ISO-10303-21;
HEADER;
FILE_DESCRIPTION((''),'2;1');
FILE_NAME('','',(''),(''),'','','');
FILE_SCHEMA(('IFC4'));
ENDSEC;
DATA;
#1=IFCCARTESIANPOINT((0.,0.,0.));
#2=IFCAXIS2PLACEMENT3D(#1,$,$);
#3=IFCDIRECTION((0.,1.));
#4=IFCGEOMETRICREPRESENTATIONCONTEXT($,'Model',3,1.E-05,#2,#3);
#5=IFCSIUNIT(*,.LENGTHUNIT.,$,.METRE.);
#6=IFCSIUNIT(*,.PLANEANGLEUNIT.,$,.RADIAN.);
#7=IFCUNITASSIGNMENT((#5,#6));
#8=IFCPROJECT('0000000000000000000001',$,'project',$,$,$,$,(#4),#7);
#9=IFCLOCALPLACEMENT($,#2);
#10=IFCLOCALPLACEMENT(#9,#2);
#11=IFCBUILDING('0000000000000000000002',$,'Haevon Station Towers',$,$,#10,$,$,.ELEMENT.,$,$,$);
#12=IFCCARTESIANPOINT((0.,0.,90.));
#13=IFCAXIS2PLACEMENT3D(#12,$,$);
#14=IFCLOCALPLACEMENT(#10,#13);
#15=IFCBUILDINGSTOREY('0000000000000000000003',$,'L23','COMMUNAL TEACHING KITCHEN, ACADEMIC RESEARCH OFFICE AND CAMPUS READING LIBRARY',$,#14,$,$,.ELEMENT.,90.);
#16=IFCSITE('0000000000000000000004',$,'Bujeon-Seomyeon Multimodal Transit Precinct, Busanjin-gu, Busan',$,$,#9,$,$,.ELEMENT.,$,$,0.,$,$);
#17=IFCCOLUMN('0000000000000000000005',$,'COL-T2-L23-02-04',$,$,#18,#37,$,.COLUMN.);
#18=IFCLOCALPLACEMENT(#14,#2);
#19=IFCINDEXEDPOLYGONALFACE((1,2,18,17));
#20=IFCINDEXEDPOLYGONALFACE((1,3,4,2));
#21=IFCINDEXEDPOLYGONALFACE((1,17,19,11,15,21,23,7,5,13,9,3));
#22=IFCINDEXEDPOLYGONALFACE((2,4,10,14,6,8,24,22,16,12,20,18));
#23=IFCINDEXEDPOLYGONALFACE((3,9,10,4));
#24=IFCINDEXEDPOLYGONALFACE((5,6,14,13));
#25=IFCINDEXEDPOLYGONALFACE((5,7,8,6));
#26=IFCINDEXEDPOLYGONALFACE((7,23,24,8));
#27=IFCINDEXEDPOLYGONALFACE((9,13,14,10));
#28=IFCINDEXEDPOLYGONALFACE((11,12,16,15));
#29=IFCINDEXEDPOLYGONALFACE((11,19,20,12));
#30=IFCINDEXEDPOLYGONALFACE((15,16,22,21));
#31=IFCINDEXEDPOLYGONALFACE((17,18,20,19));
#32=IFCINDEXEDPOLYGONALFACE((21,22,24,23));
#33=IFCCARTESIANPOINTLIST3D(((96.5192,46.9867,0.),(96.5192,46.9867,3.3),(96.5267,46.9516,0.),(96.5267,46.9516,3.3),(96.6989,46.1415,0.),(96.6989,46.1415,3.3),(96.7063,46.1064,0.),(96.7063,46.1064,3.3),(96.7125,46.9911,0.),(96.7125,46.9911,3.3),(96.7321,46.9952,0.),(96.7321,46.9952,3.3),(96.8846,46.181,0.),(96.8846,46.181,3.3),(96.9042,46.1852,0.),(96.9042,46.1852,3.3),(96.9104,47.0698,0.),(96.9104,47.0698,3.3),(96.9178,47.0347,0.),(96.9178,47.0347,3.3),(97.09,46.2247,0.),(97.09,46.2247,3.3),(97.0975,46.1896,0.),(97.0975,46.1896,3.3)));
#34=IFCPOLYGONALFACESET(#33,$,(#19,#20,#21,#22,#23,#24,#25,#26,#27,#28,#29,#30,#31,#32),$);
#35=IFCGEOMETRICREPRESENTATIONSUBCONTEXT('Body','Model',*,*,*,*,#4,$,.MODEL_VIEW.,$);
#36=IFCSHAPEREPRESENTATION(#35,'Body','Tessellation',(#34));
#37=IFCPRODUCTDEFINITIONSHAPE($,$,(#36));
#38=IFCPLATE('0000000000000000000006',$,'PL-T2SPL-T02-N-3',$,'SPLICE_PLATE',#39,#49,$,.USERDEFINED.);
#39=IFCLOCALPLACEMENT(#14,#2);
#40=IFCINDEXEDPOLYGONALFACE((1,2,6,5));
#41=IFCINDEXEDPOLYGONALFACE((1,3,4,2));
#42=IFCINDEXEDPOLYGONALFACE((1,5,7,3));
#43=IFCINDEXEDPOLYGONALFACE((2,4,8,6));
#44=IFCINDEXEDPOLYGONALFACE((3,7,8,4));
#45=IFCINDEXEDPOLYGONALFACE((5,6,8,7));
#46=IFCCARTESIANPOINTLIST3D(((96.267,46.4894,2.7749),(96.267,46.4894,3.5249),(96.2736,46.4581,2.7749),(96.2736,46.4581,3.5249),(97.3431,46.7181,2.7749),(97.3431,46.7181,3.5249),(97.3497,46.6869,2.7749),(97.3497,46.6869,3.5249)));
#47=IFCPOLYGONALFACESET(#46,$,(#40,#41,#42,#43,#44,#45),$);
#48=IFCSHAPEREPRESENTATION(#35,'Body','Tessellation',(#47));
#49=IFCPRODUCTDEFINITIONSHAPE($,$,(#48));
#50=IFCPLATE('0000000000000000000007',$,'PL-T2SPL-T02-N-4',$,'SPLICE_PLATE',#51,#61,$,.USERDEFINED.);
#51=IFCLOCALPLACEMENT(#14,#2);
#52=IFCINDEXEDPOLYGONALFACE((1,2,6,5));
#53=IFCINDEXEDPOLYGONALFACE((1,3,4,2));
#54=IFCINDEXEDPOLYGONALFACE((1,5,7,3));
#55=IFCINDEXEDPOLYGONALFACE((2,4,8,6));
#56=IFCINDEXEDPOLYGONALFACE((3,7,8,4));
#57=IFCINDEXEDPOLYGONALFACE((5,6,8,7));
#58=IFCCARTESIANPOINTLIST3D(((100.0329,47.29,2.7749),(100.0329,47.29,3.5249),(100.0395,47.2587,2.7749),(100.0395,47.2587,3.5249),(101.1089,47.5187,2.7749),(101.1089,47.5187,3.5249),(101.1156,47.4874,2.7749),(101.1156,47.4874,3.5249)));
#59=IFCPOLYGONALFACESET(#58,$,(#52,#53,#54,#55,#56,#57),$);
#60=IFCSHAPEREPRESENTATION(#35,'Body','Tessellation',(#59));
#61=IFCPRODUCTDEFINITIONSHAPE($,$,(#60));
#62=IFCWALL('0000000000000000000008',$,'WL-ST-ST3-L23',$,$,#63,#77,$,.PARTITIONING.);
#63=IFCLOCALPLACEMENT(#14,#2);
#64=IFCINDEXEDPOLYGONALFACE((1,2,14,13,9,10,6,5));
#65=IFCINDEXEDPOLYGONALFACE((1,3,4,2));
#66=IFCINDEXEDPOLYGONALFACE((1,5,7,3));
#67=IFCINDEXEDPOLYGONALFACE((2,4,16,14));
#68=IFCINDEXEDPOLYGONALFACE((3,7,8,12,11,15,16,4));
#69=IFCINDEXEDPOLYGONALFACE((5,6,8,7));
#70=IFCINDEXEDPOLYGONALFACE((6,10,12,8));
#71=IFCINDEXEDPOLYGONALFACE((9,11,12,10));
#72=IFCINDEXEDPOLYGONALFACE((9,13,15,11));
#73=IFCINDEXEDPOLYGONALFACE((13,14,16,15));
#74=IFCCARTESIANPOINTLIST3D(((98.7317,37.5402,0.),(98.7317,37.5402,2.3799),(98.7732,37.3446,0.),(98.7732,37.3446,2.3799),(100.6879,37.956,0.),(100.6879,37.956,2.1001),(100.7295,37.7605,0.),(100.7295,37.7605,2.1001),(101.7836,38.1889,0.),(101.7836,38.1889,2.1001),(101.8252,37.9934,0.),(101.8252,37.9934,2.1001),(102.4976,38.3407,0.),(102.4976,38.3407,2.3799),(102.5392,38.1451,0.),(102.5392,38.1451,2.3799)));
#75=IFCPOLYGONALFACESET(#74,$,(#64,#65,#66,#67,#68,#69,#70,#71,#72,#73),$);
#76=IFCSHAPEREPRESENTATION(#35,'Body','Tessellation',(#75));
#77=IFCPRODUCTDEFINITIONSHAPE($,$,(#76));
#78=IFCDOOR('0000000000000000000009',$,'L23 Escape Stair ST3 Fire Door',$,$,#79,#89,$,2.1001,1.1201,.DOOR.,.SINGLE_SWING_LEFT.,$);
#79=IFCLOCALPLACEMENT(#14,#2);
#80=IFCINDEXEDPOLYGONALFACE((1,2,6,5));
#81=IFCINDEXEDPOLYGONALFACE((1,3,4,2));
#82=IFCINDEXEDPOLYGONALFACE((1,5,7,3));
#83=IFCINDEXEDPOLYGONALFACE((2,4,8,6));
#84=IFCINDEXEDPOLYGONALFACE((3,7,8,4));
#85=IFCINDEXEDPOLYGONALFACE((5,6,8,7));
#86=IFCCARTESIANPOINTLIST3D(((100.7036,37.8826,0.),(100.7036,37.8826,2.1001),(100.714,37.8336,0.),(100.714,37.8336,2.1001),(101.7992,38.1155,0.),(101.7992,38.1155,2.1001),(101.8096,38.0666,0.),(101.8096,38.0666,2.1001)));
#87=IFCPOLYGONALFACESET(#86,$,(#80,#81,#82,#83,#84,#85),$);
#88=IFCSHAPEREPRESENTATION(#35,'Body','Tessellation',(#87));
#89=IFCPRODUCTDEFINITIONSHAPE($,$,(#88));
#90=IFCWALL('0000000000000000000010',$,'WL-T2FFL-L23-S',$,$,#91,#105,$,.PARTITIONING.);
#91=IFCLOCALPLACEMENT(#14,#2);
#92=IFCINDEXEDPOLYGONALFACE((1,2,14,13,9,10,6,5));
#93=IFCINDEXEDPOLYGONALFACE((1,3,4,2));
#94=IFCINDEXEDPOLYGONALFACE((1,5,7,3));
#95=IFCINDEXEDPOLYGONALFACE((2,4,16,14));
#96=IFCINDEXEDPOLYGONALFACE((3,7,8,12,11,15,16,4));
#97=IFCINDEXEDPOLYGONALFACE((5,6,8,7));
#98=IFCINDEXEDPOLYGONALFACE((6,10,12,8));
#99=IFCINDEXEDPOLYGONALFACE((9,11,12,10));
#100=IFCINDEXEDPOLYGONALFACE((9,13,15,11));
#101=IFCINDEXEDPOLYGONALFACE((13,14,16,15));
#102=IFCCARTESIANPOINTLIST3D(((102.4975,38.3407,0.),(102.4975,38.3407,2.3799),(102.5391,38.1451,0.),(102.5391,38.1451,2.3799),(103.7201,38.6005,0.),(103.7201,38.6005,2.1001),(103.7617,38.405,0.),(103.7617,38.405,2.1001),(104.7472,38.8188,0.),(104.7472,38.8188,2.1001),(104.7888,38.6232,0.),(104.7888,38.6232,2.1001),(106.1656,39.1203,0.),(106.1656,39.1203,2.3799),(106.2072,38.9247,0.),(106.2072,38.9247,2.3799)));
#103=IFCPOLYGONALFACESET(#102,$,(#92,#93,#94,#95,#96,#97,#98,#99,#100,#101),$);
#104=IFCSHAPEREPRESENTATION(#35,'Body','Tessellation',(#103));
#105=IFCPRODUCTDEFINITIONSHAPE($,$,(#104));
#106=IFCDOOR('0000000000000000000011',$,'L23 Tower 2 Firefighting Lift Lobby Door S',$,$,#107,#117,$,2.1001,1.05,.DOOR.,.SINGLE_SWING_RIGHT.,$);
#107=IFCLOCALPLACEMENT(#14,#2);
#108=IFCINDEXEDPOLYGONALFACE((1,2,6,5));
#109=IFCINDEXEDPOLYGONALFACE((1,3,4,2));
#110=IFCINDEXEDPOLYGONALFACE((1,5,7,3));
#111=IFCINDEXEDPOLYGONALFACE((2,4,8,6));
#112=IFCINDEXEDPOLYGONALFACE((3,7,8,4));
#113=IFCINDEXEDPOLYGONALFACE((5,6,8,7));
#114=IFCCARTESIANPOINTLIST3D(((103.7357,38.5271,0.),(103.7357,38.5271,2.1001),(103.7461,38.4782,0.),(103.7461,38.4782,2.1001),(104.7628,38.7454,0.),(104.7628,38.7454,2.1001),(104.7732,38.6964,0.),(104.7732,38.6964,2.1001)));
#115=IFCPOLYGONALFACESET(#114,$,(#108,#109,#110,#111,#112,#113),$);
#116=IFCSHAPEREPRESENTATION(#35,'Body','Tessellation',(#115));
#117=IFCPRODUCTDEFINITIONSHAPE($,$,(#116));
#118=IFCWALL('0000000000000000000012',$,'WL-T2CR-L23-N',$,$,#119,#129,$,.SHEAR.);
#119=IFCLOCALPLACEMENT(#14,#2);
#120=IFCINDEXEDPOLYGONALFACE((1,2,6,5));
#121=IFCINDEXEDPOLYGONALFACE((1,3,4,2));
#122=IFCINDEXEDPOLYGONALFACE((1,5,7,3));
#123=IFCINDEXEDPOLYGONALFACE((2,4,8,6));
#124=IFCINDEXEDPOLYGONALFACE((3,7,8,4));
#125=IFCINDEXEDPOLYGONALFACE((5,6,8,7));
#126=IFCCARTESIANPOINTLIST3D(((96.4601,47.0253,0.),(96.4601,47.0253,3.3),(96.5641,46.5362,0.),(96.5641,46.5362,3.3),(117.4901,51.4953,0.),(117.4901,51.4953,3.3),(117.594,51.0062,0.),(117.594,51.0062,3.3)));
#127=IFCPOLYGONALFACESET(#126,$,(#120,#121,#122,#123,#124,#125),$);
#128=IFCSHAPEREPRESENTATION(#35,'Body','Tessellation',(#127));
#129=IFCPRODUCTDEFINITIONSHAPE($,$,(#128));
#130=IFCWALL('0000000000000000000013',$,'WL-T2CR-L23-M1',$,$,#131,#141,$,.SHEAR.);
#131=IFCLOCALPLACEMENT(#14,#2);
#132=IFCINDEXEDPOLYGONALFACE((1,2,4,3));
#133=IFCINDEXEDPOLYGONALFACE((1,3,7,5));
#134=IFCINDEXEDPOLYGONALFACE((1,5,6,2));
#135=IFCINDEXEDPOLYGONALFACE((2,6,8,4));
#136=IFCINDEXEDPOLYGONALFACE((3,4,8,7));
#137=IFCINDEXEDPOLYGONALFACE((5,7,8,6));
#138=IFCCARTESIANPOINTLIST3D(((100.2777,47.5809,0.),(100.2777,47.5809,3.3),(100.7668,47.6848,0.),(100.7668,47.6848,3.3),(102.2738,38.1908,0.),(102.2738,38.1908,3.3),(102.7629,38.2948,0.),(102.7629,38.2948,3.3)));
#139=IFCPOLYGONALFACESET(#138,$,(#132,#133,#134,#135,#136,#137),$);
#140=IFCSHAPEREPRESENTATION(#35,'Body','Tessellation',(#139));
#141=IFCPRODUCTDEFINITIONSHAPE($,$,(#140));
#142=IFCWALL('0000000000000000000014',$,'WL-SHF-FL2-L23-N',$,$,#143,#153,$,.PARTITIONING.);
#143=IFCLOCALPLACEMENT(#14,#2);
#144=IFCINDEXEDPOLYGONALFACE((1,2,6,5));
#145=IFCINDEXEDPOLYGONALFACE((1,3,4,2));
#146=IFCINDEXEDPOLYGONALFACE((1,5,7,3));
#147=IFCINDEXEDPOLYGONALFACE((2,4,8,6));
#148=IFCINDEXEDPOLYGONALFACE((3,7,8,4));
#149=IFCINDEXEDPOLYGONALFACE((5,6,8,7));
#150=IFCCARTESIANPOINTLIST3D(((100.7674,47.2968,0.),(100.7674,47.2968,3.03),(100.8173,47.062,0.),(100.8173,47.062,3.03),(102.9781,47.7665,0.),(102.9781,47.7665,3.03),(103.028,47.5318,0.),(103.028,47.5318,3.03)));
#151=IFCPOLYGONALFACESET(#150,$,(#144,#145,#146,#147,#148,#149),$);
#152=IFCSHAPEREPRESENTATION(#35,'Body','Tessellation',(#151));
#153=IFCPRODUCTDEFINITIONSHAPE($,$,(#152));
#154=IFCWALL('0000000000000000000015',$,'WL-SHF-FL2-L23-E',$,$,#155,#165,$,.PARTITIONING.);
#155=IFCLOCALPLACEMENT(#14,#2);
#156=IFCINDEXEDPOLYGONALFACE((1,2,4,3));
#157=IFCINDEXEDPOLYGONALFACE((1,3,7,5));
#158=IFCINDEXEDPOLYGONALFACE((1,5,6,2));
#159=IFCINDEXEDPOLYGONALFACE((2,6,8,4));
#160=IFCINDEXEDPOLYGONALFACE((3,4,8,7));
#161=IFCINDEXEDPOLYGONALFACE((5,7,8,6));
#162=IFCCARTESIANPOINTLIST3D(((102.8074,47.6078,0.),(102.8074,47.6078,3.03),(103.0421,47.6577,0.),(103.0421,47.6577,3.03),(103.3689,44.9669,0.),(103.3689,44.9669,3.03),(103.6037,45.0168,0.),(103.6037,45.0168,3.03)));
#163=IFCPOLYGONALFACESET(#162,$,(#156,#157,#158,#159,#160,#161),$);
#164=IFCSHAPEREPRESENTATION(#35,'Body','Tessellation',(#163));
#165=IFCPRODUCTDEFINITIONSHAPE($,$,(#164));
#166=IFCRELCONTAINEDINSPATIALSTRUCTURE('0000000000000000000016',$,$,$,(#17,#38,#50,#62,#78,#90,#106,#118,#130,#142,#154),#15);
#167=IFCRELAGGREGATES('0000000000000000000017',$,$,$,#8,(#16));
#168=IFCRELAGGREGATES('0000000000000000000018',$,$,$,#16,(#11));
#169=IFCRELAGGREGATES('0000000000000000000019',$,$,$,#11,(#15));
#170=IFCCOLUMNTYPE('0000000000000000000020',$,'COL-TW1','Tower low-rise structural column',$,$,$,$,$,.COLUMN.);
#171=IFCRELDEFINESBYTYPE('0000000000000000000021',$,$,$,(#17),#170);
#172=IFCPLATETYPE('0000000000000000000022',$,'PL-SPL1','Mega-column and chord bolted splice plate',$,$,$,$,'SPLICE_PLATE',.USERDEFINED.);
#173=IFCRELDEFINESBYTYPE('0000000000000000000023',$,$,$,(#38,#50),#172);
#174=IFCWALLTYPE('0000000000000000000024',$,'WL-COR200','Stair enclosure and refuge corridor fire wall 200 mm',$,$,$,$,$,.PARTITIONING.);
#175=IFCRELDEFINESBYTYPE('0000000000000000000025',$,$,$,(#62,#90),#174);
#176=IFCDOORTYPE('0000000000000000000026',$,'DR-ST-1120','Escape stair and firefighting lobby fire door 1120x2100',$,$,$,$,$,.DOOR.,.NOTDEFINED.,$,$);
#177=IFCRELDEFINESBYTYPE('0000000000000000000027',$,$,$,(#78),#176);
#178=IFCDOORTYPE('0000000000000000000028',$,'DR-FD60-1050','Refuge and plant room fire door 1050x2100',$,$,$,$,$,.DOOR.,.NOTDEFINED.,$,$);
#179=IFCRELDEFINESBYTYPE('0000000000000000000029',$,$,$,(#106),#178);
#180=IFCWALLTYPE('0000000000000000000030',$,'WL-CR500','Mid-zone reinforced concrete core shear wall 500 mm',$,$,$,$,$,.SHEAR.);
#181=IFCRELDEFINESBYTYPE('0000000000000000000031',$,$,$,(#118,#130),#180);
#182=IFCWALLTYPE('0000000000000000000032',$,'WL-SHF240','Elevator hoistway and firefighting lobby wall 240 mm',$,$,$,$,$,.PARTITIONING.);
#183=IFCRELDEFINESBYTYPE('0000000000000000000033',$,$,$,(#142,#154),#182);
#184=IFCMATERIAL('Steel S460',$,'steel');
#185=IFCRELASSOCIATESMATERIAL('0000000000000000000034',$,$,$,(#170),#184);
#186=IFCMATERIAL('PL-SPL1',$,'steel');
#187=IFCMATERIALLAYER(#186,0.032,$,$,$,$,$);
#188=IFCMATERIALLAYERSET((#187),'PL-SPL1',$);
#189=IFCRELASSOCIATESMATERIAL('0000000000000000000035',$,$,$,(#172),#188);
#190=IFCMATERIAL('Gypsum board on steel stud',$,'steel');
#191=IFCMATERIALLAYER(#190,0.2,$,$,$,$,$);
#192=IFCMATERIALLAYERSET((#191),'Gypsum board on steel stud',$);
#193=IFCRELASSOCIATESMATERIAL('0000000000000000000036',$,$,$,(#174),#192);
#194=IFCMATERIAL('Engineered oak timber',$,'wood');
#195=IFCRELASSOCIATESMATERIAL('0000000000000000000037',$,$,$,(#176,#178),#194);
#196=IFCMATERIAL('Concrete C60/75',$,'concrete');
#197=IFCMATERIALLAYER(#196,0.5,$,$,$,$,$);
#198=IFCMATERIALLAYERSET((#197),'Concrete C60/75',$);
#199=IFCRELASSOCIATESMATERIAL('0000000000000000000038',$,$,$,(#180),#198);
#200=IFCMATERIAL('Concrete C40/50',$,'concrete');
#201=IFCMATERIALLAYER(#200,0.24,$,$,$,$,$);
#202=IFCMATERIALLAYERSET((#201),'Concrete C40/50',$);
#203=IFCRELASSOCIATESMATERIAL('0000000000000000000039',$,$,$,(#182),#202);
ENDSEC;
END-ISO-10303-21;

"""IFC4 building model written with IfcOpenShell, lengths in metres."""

from ifc_helpers import new_model, si_unit, direction, frame, frame_2d, origin, origin_2d, place, context, subcontext, project, spatial, rectangle, i_section, extrude, material, layer, layer_set, material_profile, profile_set, type_object, element, fill, save


model = new_model("IFC4")

# Units and contexts
model_context = context("Model", 3, precision=1e-05, world=origin(), true_north=direction((0.0, 1.0)))
body_context = subcontext(model_context, "Body", "Model", "MODEL_VIEW")
ifc_project = project(units=[si_unit("LENGTHUNIT", "METRE"), si_unit("PLANEANGLEUNIT", "RADIAN")], contexts=[model_context])

# Site, building, storey
site_placement = place(None, origin())
site = spatial("IfcSite", under=ifc_project, at=site_placement, Name="Bujeon-Seomyeon Multimodal Transit Precinct, Busanjin-gu, Busan", CompositionType="ELEMENT", RefElevation=0.0)
building_placement = place(site_placement, origin())
building = spatial("IfcBuilding", under=site, at=building_placement, Name="Haevon Station Towers", CompositionType="ELEMENT")
storey_placement = place(building_placement, frame((0.0, 0.0, 90.0)))
storey = spatial("IfcBuildingStorey", under=building, at=storey_placement, Name="L23", Description="COMMUNAL TEACHING KITCHEN, ACADEMIC RESEARCH OFFICE AND CAMPUS READING LIBRARY", CompositionType="ELEMENT", Elevation=90.0)

# Column
ifc_material_1 = material(Name="Steel S460", Category="steel")
ifc_material_profile = material_profile(ifc_material_1, i_section(OverallWidth=0.3999, OverallDepth=0.8999, WebThickness=0.02, FlangeThickness=0.0359, at=origin_2d()), Name="H-900x400x20x36")
ifc_profile_set = profile_set([ifc_material_profile], Name="Steel S460")
column_type = type_object("IfcColumnType", Name="COL-TW1", Description="Tower low-rise structural column", PredefinedType="COLUMN", material=ifc_profile_set)
column_placement = place(storey_placement, frame((96.8083, 46.5881, 0.0), z_axis=(0.0, 0.0, 1.0), x_axis=(0.978148, 0.207912, 0.0)))
element("IfcColumn", 1, at=column_placement, inside=storey, type_object=column_type, Name="COL-T2-L23-02-04", PredefinedType="COLUMN", context=body_context, shape_type="SweptSolid", body=[
    extrude(i_section(OverallWidth=0.3999, OverallDepth=0.8999, WebThickness=0.02, FlangeThickness=0.0359, at=origin_2d()), origin(), (0.0, 0.0, 1.0), 3.3),
])

# Plates
ifc_material_2 = material(Name="PL-SPL1", Category="steel")
ifc_layer_1 = layer(ifc_material_2, 0.032)
ifc_layer_set_1 = layer_set([ifc_layer_1], Name="PL-SPL1")
plate_type = type_object("IfcPlateType", Name="PL-SPL1", Description="Mega-column and chord bolted splice plate", ElementType="SPLICE_PLATE", PredefinedType="USERDEFINED", material=ifc_layer_set_1)
for number, where, z_axis, x_axis, name in (
    (2, (96.8083, 46.5881, 2.7749), (0.0, 0.0, 1.0), (0.978148, 0.207912, 0.0), "PL-T2SPL-T02-N-3"),
    (3, (100.5742, 47.3887, 2.7749), (0.0, 0.0, 1.0), (0.978148, 0.207912, 0.0), "PL-T2SPL-T02-N-4"),
):
    element("IfcPlate", number, at=place(storey_placement, frame(where, z_axis=z_axis, x_axis=x_axis)), inside=storey, type_object=plate_type, Name=name, ObjectType="SPLICE_PLATE", PredefinedType="USERDEFINED", context=body_context, shape_type="SweptSolid", body=[
        extrude(rectangle(XDim=1.1001, YDim=0.032, at=origin_2d()), origin(), (0.0, 0.0, 1.0), 0.75),
    ])

# Walls, openings, doors
ifc_material_3 = material(Name="Gypsum board on steel stud", Category="steel")
ifc_layer_2 = layer(ifc_material_3, 0.2)
ifc_layer_set_2 = layer_set([ifc_layer_2], Name="Gypsum board on steel stud")
wall_type_1 = type_object("IfcWallType", Name="WL-COR200", Description="Stair enclosure and refuge corridor fire wall 200 mm", PredefinedType="PARTITIONING", material=ifc_layer_set_2)
wall_1_placement = place(storey_placement, frame((98.7524, 37.4424, 0.0), z_axis=(0.0, 0.0, 1.0), x_axis=(0.978144, 0.207931, 0.0)))
wall_1 = element("IfcWall", 4, at=wall_1_placement, inside=storey, type_object=wall_type_1, Name="WL-ST-ST3-L23", PredefinedType="PARTITIONING", context=body_context, shape_type="SweptSolid", body=[
    extrude(rectangle(XDim=3.8501, YDim=0.2, at=frame_2d((1.925, 0.0))), origin(), (0.0, 0.0, 1.0), 2.3799),
])
opening_1_placement = place(wall_1_placement, frame((2.0, 0.0, 0.0)))
opening_1 = element("IfcOpeningElement", 5, at=opening_1_placement, cuts=wall_1, PredefinedType="OPENING", context=body_context, shape_type="SweptSolid", body=[
    extrude(rectangle(XDim=1.1201, YDim=2.1001, at=frame_2d((0.5601, 1.05))), frame((0.0, 0.1099, 0.0), z_axis=(0.0, -1.0, 0.0), x_axis=(1.0, 0.0, 0.0)), (0.0, 0.0, 1.0), 0.22),
])
ifc_material_4 = material(Name="Engineered oak timber", Category="wood")
door_type_1 = type_object("IfcDoorType", Name="DR-ST-1120", Description="Escape stair and firefighting lobby fire door 1120x2100", OperationType="NOTDEFINED", PredefinedType="DOOR", material=ifc_material_4)
door_1_placement = place(opening_1_placement, origin())
door_1 = element("IfcDoor", 6, at=door_1_placement, inside=storey, type_object=door_type_1, Name="L23 Escape Stair ST3 Fire Door", OperationType="SINGLE_SWING_LEFT", OverallHeight=2.1001, OverallWidth=1.1201, PredefinedType="DOOR", context=body_context, shape_type="SweptSolid", body=[
    extrude(rectangle(XDim=1.1201, YDim=2.1001, at=frame_2d((0.5601, 1.05))), frame((0.0, 0.0249, 0.0), z_axis=(0.0, -1.0, 0.0), x_axis=(1.0, 0.0, 0.0)), (0.0, 0.0, 1.0), 0.05),
])
fill(opening_1, door_1)
wall_2_placement = place(storey_placement, frame((102.5183, 38.2429, 0.0), z_axis=(0.0, 0.0, 1.0), x_axis=(0.978154, 0.207884, 0.0)))
wall_2 = element("IfcWall", 7, at=wall_2_placement, inside=storey, type_object=wall_type_1, Name="WL-T2FFL-L23-S", PredefinedType="PARTITIONING", context=body_context, shape_type="SweptSolid", body=[
    extrude(rectangle(XDim=3.75, YDim=0.2, at=frame_2d((1.875, 0.0))), origin(), (0.0, 0.0, 1.0), 2.3799),
])
opening_2_placement = place(wall_2_placement, frame((1.25, 0.0, 0.0)))
opening_2 = element("IfcOpeningElement", 8, at=opening_2_placement, cuts=wall_2, PredefinedType="OPENING", context=body_context, shape_type="SweptSolid", body=[
    extrude(rectangle(XDim=1.05, YDim=2.1001, at=frame_2d((0.5249, 1.05))), frame((0.0, 0.1099, 0.0), z_axis=(0.0, -1.0, 0.0), x_axis=(1.0, 0.0, 0.0)), (0.0, 0.0, 1.0), 0.22),
])
door_type_2 = type_object("IfcDoorType", Name="DR-FD60-1050", Description="Refuge and plant room fire door 1050x2100", OperationType="NOTDEFINED", PredefinedType="DOOR", material=ifc_material_4)
door_2_placement = place(opening_2_placement, origin())
door_2 = element("IfcDoor", 9, at=door_2_placement, inside=storey, type_object=door_type_2, Name="L23 Tower 2 Firefighting Lift Lobby Door S", OperationType="SINGLE_SWING_RIGHT", OverallHeight=2.1001, OverallWidth=1.05, PredefinedType="DOOR", context=body_context, shape_type="SweptSolid", body=[
    extrude(rectangle(XDim=1.05, YDim=2.1001, at=frame_2d((0.5249, 1.05))), frame((0.0, 0.0249, 0.0), z_axis=(0.0, -1.0, 0.0), x_axis=(1.0, 0.0, 0.0)), (0.0, 0.0, 1.0), 0.05),
])
fill(opening_2, door_2)

# Walls
ifc_material_5 = material(Name="Concrete C60/75", Category="concrete")
ifc_layer_3 = layer(ifc_material_5, 0.5)
ifc_layer_set_3 = layer_set([ifc_layer_3], Name="Concrete C60/75")
wall_type_2 = type_object("IfcWallType", Name="WL-CR500", Description="Mid-zone reinforced concrete core shear wall 500 mm", PredefinedType="SHEAR", material=ifc_layer_set_3)
wall_3_placement = place(storey_placement, frame((96.512, 46.7808, 0.0), z_axis=(0.0, 0.0, 1.0), x_axis=(0.978149, 0.207907, 0.0)))
element("IfcWall", 10, at=wall_3_placement, inside=storey, type_object=wall_type_2, Name="WL-T2CR-L23-N", PredefinedType="SHEAR", context=body_context, shape_type="SweptSolid", body=[
    extrude(rectangle(XDim=21.4998, YDim=0.5, at=frame_2d((10.75, 0.0))), origin(), (0.0, 0.0, 1.0), 3.3),
])
wall_4_placement = place(storey_placement, frame((102.5183, 38.2429, 0.0), z_axis=(0.0, 0.0, 1.0), x_axis=(-0.207927, 0.978144, 0.0)))
element("IfcWall", 11, at=wall_4_placement, inside=storey, type_object=wall_type_2, Name="WL-T2CR-L23-M1", PredefinedType="SHEAR", context=body_context, shape_type="SweptSolid", body=[
    extrude(rectangle(XDim=9.5999, YDim=0.5, at=frame_2d((4.7998, 0.0))), origin(), (0.0, 0.0, 1.0), 3.3),
])

# Shared definitions
ifc_material_6 = material(Name="Concrete C40/50", Category="concrete")
ifc_layer_4 = layer(ifc_material_6, 0.24)
ifc_layer_set_4 = layer_set([ifc_layer_4], Name="Concrete C40/50")
wall_type_3 = type_object("IfcWallType", Name="WL-SHF240", Description="Elevator hoistway and firefighting lobby wall 240 mm", PredefinedType="PARTITIONING", material=ifc_layer_set_4)

# Walls
wall_5_placement = place(storey_placement, frame((100.7925, 47.1794, 0.0), z_axis=(0.0, 0.0, 1.0), x_axis=(0.978163, 0.207839, 0.0)))
element("IfcWall", 12, at=wall_5_placement, inside=storey, type_object=wall_type_3, Name="WL-SHF-FL2-L23-N", PredefinedType="PARTITIONING", context=body_context, shape_type="SweptSolid", body=[
    extrude(rectangle(XDim=2.26, YDim=0.24, at=frame_2d((1.1299, 0.0))), origin(), (0.0, 0.0, 1.0), 3.03),
])
wall_6_placement = place(storey_placement, frame((103.4863, 44.9917, 0.0), z_axis=(0.0, 0.0, 1.0), x_axis=(-0.207979, 0.978133, 0.0)))
element("IfcWall", 13, at=wall_6_placement, inside=storey, type_object=wall_type_3, Name="WL-SHF-FL2-L23-E", PredefinedType="PARTITIONING", context=body_context, shape_type="SweptSolid", body=[
    extrude(rectangle(XDim=2.7, YDim=0.24, at=frame_2d((1.3501, 0.0))), origin(), (0.0, 0.0, 1.0), 3.03),
])

save(model, "model.ifc")
